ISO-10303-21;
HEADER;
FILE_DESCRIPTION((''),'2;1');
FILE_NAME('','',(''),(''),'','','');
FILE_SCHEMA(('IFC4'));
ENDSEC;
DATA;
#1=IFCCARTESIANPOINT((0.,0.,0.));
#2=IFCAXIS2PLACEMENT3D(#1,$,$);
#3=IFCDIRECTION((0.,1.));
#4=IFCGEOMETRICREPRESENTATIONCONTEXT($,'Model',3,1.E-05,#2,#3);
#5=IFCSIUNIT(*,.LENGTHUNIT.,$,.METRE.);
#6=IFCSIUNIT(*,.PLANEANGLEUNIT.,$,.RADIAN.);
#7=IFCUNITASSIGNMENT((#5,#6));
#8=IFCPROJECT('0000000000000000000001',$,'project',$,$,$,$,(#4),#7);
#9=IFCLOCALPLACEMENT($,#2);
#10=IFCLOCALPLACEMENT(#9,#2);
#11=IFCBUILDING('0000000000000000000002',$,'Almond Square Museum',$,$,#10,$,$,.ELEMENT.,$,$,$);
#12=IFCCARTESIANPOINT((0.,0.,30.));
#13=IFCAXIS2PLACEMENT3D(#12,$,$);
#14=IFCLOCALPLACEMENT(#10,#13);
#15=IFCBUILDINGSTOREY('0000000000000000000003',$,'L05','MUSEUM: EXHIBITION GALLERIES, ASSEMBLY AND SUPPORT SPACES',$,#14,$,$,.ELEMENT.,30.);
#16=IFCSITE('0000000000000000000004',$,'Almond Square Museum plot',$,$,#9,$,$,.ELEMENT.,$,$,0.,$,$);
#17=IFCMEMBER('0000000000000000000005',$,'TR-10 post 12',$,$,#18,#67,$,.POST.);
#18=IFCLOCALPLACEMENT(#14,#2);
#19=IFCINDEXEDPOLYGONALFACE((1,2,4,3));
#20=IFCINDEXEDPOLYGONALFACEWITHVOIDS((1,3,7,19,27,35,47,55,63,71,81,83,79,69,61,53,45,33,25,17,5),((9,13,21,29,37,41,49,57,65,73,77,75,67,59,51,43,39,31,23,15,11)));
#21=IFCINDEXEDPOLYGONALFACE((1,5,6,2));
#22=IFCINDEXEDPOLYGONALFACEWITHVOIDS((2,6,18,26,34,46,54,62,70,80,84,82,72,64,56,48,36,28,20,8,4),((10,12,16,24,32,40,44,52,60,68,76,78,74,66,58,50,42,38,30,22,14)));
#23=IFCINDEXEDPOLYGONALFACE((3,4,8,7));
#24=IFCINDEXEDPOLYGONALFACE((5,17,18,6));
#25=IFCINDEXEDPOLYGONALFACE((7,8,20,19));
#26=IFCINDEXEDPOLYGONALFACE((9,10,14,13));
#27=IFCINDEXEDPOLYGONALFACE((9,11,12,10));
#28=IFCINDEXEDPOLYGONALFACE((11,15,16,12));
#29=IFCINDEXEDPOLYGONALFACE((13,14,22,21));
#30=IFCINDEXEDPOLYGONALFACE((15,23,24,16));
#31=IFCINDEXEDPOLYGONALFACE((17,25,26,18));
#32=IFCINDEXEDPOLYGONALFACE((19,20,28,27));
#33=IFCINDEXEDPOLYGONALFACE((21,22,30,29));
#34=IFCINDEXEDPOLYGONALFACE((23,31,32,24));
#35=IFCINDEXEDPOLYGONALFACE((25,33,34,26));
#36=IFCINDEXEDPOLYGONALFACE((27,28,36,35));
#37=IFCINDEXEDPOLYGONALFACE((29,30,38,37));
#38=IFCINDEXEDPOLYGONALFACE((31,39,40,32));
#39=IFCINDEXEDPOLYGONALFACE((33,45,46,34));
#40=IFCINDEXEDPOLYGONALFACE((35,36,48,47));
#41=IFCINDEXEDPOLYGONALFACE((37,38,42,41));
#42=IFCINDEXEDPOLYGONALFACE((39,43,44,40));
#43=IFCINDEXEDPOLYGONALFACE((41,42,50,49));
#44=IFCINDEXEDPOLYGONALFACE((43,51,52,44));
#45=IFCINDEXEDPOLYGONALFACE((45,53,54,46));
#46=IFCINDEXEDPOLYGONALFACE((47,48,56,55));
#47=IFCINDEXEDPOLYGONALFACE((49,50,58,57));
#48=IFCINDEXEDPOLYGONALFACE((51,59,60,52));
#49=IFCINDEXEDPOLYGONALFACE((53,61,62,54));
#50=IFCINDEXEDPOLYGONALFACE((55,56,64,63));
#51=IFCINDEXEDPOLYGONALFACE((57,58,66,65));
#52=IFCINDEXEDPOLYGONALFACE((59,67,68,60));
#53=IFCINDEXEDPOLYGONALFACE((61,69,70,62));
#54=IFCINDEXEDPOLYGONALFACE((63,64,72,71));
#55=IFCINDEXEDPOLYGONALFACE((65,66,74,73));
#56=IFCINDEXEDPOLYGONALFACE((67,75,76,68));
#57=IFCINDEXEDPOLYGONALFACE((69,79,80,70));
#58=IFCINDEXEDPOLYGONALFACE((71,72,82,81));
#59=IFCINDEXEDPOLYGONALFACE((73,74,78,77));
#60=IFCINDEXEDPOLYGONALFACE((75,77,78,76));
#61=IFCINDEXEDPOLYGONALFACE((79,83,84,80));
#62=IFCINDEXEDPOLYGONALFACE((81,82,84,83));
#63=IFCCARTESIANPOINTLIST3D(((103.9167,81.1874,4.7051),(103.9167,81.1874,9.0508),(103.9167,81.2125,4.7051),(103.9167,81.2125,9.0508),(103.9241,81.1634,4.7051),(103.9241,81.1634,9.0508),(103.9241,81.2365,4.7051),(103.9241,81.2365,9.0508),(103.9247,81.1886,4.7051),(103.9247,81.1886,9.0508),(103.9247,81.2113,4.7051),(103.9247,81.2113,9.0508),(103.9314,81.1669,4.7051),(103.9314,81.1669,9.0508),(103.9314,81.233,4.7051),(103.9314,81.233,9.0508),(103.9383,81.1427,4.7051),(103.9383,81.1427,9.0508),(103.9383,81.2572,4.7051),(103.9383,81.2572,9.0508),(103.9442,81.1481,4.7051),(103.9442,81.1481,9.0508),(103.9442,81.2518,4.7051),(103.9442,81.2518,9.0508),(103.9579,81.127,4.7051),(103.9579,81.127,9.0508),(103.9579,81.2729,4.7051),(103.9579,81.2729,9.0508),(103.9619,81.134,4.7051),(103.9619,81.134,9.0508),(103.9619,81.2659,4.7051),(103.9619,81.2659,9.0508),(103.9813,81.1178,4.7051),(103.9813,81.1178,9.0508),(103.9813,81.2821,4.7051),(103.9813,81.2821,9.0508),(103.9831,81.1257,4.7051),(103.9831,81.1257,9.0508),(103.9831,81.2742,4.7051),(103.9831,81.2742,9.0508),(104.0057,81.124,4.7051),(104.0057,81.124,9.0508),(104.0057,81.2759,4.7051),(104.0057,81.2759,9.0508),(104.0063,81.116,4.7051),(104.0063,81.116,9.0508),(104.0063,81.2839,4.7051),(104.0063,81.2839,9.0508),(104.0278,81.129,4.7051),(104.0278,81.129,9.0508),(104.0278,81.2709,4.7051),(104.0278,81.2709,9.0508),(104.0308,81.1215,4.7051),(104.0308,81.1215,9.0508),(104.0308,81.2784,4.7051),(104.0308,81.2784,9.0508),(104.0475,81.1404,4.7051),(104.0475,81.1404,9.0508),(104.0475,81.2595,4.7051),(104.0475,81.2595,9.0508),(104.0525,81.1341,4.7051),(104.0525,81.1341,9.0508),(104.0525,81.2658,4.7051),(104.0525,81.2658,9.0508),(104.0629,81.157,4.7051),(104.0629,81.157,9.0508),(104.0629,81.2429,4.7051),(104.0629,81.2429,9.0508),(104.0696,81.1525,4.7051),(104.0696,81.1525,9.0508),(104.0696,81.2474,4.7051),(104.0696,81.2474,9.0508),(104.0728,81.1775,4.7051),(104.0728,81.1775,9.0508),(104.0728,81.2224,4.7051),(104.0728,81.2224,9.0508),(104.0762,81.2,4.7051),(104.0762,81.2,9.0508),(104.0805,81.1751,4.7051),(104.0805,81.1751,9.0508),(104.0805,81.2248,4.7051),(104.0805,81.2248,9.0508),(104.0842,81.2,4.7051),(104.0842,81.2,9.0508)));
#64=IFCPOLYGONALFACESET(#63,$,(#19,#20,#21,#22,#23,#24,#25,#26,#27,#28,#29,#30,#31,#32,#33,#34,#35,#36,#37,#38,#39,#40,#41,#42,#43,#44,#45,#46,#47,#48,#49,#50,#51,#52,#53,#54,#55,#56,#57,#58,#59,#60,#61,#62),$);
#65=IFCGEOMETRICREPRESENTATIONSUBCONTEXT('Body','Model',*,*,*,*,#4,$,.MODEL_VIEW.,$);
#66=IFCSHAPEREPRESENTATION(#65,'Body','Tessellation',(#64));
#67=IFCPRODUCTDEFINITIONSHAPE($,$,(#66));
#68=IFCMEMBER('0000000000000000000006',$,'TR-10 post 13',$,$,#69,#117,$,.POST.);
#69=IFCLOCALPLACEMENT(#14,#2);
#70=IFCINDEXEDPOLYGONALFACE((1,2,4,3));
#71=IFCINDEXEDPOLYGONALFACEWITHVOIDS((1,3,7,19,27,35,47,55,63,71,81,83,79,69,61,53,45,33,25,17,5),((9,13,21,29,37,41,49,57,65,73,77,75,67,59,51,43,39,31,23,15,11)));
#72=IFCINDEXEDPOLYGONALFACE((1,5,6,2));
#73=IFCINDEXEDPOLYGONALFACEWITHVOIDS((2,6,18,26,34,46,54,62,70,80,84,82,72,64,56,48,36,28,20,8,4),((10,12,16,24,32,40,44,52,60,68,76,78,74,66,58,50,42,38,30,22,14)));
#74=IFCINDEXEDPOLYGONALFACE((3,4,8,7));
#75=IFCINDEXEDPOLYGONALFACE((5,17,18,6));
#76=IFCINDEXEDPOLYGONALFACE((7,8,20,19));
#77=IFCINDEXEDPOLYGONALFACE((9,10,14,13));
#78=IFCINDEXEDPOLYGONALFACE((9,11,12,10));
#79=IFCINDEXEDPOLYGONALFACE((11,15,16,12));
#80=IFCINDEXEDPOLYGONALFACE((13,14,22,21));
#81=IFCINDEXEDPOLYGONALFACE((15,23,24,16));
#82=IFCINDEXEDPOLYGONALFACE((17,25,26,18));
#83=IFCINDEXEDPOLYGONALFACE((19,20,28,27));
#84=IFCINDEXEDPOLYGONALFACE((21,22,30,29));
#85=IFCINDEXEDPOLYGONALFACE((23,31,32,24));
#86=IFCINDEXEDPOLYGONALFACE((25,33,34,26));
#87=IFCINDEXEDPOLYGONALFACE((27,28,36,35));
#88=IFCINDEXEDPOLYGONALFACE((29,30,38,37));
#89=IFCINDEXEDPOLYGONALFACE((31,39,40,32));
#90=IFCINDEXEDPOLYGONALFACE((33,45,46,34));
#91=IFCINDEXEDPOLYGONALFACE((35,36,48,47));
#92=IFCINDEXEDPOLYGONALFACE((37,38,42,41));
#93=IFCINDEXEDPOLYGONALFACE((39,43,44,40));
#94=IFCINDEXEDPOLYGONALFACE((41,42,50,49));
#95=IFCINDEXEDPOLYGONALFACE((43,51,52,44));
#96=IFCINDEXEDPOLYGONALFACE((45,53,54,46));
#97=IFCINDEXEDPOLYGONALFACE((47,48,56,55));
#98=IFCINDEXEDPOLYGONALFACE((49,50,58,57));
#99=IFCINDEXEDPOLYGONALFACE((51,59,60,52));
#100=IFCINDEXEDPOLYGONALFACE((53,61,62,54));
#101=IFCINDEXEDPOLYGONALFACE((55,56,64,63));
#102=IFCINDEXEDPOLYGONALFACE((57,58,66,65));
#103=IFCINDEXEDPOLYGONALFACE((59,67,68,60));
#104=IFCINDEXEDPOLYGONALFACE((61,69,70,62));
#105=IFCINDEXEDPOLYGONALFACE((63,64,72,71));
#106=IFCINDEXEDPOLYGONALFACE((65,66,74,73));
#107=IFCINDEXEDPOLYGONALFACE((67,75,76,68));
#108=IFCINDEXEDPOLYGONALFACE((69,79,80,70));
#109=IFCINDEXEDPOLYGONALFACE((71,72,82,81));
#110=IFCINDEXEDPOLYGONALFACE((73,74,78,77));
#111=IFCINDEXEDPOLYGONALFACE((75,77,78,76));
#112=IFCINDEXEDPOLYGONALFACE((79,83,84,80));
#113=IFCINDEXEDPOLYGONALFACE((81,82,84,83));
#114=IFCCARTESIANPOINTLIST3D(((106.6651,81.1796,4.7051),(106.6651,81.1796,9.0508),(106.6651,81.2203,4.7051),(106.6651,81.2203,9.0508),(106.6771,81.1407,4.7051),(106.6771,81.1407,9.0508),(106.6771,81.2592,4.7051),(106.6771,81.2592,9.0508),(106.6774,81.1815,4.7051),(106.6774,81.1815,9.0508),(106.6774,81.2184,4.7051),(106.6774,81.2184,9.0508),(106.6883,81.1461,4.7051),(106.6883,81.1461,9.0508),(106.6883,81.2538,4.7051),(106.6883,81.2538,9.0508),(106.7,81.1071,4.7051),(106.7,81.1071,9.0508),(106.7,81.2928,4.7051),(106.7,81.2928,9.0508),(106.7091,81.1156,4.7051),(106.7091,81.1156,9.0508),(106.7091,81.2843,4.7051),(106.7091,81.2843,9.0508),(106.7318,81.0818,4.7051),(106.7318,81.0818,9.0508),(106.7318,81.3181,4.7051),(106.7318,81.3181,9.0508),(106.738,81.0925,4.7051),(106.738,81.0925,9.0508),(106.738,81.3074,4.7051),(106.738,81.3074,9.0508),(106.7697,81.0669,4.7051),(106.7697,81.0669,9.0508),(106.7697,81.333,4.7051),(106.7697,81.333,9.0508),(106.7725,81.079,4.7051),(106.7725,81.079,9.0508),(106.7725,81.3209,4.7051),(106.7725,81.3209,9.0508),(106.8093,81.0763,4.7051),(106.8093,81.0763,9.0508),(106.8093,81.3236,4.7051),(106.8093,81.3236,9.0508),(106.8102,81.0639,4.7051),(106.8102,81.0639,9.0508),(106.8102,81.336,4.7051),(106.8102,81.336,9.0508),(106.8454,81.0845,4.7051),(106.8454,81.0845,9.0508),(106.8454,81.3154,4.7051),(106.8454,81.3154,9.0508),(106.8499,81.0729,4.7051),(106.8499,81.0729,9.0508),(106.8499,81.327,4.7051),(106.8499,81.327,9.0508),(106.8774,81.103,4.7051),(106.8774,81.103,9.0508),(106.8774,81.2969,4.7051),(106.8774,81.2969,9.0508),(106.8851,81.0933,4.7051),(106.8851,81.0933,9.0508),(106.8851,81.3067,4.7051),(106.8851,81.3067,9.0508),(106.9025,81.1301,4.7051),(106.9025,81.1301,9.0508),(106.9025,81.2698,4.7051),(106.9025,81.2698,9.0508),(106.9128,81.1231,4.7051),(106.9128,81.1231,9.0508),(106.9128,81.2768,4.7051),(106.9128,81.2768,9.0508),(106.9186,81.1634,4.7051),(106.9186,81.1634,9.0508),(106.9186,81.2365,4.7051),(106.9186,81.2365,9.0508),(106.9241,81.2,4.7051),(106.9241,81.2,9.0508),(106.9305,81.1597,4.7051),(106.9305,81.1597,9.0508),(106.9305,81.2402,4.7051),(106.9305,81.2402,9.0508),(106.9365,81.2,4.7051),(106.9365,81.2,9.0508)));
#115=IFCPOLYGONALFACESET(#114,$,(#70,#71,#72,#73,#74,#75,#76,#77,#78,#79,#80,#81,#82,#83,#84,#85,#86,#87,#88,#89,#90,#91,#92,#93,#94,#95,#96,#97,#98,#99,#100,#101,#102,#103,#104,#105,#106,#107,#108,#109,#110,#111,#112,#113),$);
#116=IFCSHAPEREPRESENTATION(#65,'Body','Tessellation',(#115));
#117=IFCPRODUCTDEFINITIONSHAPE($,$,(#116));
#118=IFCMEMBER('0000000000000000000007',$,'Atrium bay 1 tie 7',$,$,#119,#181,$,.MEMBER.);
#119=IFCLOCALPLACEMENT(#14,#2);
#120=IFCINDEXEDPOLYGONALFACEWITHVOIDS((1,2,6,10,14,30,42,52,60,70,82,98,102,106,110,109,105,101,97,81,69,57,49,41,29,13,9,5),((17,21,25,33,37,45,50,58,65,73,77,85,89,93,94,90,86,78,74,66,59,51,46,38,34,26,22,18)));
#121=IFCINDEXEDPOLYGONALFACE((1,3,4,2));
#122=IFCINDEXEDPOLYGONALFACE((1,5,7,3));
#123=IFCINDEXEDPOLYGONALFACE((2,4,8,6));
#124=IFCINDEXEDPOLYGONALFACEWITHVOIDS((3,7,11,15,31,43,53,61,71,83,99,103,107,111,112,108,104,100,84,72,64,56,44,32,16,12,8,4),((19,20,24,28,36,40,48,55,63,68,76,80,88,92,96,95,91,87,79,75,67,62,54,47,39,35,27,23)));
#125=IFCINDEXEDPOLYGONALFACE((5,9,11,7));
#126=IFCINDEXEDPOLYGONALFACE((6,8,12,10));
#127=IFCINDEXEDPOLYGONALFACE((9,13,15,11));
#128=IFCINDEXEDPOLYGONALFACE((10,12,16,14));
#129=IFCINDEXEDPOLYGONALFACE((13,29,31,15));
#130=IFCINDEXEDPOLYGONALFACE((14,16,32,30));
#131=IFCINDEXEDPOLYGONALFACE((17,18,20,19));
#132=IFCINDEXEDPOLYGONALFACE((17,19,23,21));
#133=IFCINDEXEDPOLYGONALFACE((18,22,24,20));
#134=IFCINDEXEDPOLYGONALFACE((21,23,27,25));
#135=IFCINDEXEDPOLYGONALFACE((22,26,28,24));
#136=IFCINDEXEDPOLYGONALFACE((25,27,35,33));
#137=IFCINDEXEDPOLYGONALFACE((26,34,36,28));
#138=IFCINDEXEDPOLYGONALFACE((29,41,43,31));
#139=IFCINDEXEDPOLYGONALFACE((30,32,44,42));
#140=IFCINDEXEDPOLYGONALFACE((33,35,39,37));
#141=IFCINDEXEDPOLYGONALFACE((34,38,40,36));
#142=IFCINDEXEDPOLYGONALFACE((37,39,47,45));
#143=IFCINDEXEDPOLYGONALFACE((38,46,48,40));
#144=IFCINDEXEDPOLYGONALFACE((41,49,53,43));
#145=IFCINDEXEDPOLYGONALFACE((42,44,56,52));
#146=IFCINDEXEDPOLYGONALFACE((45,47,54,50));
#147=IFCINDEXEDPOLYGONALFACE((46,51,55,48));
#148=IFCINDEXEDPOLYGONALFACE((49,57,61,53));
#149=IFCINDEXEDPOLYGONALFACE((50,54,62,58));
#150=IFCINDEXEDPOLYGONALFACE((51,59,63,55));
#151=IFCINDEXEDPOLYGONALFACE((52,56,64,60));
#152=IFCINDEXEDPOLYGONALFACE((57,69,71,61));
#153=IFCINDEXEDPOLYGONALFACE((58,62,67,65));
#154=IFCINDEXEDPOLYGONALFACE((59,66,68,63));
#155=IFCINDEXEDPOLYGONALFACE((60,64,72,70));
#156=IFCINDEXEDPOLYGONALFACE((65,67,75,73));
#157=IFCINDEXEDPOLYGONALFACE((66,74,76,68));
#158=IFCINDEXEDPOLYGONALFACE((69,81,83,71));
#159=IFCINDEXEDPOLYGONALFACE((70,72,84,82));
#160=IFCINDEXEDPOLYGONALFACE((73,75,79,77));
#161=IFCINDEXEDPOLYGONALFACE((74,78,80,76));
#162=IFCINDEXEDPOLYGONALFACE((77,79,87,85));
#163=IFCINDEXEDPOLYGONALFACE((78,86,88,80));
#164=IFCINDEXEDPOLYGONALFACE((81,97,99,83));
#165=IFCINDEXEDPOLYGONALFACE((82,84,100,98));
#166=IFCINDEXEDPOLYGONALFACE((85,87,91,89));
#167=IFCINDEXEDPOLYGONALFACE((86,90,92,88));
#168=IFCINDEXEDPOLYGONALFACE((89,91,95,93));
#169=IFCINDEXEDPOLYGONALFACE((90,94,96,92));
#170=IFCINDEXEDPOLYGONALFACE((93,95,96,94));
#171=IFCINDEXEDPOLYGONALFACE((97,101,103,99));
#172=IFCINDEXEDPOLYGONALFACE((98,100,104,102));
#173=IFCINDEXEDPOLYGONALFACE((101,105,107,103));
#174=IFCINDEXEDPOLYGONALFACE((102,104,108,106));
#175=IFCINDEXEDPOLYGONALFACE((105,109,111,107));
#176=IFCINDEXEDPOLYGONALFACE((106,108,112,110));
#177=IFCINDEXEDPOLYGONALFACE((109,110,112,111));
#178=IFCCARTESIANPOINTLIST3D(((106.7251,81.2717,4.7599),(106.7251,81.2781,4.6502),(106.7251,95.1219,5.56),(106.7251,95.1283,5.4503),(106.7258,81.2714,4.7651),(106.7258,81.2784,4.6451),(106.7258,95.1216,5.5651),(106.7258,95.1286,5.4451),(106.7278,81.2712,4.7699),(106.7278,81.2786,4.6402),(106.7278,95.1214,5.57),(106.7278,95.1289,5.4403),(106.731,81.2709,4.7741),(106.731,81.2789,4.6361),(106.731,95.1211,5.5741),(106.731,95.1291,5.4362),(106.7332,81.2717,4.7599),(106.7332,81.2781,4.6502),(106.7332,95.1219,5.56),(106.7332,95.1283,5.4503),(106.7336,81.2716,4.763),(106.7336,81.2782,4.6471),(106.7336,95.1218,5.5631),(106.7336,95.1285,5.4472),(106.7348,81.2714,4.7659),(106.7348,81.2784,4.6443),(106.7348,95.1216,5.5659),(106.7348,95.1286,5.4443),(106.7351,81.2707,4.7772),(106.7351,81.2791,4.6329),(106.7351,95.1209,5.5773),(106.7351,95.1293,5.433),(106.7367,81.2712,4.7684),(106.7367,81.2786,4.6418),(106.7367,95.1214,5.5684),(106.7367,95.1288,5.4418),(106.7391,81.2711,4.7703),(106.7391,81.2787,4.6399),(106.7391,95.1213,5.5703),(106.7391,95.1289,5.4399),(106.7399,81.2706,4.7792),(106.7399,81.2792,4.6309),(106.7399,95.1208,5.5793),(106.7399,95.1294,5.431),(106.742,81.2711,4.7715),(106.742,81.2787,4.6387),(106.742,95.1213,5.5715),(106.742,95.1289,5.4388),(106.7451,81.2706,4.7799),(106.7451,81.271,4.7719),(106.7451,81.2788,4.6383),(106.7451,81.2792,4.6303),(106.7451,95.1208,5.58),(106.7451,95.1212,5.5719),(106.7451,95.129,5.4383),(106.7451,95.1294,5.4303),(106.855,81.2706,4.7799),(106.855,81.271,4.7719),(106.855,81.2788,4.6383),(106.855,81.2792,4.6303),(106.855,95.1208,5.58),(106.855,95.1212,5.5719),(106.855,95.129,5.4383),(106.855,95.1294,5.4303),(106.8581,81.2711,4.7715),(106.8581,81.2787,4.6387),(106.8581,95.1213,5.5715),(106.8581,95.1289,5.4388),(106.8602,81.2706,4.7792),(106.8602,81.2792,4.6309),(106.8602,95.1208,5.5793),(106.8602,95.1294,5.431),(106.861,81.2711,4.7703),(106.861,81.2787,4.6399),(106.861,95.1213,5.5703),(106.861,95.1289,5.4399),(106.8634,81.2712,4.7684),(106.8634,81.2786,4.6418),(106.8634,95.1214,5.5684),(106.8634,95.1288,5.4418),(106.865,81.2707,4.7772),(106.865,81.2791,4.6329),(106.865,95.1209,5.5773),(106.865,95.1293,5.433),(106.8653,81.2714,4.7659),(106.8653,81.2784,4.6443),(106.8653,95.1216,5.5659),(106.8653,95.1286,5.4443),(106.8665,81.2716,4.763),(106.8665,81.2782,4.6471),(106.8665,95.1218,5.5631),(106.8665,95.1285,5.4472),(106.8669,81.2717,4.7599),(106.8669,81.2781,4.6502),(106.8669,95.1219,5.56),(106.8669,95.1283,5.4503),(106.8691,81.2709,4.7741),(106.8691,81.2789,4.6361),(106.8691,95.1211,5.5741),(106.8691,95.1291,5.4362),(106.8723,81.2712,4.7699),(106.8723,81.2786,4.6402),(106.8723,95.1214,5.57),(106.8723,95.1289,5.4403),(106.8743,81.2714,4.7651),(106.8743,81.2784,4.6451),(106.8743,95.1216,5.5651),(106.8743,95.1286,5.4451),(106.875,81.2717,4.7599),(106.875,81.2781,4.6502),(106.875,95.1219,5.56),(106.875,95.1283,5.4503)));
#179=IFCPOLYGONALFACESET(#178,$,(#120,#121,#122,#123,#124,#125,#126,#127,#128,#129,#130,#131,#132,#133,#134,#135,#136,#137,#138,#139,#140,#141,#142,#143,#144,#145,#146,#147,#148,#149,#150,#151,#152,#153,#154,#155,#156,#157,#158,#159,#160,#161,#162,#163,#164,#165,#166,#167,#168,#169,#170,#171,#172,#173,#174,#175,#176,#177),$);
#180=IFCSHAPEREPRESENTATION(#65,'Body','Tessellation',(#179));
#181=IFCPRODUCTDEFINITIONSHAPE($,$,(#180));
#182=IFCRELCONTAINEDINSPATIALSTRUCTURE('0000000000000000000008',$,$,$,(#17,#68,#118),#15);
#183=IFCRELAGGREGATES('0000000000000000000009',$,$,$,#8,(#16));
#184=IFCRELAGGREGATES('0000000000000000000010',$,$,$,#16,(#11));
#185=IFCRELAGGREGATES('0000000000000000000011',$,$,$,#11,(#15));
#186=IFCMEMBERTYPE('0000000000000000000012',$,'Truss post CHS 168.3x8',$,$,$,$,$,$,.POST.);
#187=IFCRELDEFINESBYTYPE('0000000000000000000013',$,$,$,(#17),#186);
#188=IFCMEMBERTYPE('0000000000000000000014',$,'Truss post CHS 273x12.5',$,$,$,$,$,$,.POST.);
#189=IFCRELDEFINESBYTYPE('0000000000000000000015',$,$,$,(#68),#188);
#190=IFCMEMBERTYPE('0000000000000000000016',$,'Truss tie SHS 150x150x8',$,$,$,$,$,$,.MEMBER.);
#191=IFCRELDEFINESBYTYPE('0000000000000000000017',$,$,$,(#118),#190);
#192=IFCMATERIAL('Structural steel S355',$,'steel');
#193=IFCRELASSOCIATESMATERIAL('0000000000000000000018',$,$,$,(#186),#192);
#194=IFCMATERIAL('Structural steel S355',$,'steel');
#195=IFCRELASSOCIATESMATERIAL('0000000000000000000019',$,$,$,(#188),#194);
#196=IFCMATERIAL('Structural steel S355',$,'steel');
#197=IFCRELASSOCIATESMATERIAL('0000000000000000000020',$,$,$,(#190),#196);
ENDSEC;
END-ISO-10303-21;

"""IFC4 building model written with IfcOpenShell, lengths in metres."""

from ifc_helpers import new_model, si_unit, direction, frame, origin, origin_2d, place, context, subcontext, project, spatial, hollow_rectangle, hollow_circle, extrude, material, material_profile, profile_set, type_object, element, save


model = new_model("IFC4")

# Units and contexts
model_context = context("Model", 3, precision=1e-05, world=origin(), true_north=direction((0.0, 1.0)))
body_context = subcontext(model_context, "Body", "Model", "MODEL_VIEW")
ifc_project = project(units=[si_unit("LENGTHUNIT", "METRE"), si_unit("PLANEANGLEUNIT", "RADIAN")], contexts=[model_context])

# Site, building, storey
site_placement = place(None, origin())
site = spatial("IfcSite", under=ifc_project, at=site_placement, Name="Almond Square Museum plot", CompositionType="ELEMENT", RefElevation=0.0)
building_placement = place(site_placement, origin())
building = spatial("IfcBuilding", under=site, at=building_placement, Name="Almond Square Museum", CompositionType="ELEMENT")
storey_placement = place(building_placement, frame((0.0, 0.0, 30.0)))
storey = spatial("IfcBuildingStorey", under=building, at=storey_placement, Name="L05", Description="MUSEUM: EXHIBITION GALLERIES, ASSEMBLY AND SUPPORT SPACES", CompositionType="ELEMENT", Elevation=30.0)

# Members
ifc_material_1 = material(Name="Structural steel S355", Category="steel")
ifc_material_profile_1 = material_profile(ifc_material_1, hollow_circle(Radius=0.0842, WallThickness=0.0081, at=origin_2d()))
ifc_profile_set_1 = profile_set([ifc_material_profile_1], Name="Structural steel S355")
member_type_1 = type_object("IfcMemberType", Name="Truss post CHS 168.3x8", PredefinedType="POST", material=ifc_profile_set_1)
member_1_placement = place(storey_placement, frame((104.0, 81.2, 4.7051), z_axis=(0.0, 0.0, 1.0), x_axis=(1.0, 0.0, 0.0)))
element("IfcMember", 1, at=member_1_placement, inside=storey, type_object=member_type_1, Name="TR-10 post 12", PredefinedType="POST", context=body_context, shape_type="SweptSolid", body=[
    extrude(hollow_circle(Radius=0.0842, WallThickness=0.0081, at=origin_2d()), origin(), (0.0, 0.0, 1.0), 4.3457),
])
ifc_material_2 = material(Name="Structural steel S355", Category="steel")
ifc_material_profile_2 = material_profile(ifc_material_2, hollow_circle(Radius=0.1365, WallThickness=0.0125, at=origin_2d()))
ifc_profile_set_2 = profile_set([ifc_material_profile_2], Name="Structural steel S355")
member_type_2 = type_object("IfcMemberType", Name="Truss post CHS 273x12.5", PredefinedType="POST", material=ifc_profile_set_2)
member_2_placement = place(storey_placement, frame((106.8, 81.2, 4.7051), z_axis=(0.0, 0.0, 1.0), x_axis=(1.0, 0.0, 0.0)))
element("IfcMember", 2, at=member_2_placement, inside=storey, type_object=member_type_2, Name="TR-10 post 13", PredefinedType="POST", context=body_context, shape_type="SweptSolid", body=[
    extrude(hollow_circle(Radius=0.1365, WallThickness=0.0125, at=origin_2d()), origin(), (0.0, 0.0, 1.0), 4.3457),
])
ifc_material_3 = material(Name="Structural steel S355", Category="steel")
ifc_material_profile_3 = material_profile(ifc_material_3, hollow_rectangle(XDim=0.1499, YDim=0.1499, WallThickness=0.0081, InnerFilletRadius=0.012, OuterFilletRadius=0.02, at=origin_2d()))
ifc_profile_set_3 = profile_set([ifc_material_profile_3], Name="Structural steel S355")
member_type_3 = type_object("IfcMemberType", Name="Truss tie SHS 150x150x8", PredefinedType="MEMBER", material=ifc_profile_set_3)
member_3_placement = place(storey_placement, frame((106.8, 81.2749, 4.7051), z_axis=(0.0, 0.998336, 0.057669), x_axis=(-1.0, 0.0, 0.0)))
element("IfcMember", 3, at=member_3_placement, inside=storey, type_object=member_type_3, Name="Atrium bay 1 tie 7", PredefinedType="MEMBER", context=body_context, shape_type="SweptSolid", body=[
    extrude(hollow_rectangle(XDim=0.1499, YDim=0.1499, WallThickness=0.0081, InnerFilletRadius=0.012, OuterFilletRadius=0.02, at=origin_2d()), origin(), (0.0, 0.0, 1.0), 13.8733),
])

save(model, "model.ifc")
